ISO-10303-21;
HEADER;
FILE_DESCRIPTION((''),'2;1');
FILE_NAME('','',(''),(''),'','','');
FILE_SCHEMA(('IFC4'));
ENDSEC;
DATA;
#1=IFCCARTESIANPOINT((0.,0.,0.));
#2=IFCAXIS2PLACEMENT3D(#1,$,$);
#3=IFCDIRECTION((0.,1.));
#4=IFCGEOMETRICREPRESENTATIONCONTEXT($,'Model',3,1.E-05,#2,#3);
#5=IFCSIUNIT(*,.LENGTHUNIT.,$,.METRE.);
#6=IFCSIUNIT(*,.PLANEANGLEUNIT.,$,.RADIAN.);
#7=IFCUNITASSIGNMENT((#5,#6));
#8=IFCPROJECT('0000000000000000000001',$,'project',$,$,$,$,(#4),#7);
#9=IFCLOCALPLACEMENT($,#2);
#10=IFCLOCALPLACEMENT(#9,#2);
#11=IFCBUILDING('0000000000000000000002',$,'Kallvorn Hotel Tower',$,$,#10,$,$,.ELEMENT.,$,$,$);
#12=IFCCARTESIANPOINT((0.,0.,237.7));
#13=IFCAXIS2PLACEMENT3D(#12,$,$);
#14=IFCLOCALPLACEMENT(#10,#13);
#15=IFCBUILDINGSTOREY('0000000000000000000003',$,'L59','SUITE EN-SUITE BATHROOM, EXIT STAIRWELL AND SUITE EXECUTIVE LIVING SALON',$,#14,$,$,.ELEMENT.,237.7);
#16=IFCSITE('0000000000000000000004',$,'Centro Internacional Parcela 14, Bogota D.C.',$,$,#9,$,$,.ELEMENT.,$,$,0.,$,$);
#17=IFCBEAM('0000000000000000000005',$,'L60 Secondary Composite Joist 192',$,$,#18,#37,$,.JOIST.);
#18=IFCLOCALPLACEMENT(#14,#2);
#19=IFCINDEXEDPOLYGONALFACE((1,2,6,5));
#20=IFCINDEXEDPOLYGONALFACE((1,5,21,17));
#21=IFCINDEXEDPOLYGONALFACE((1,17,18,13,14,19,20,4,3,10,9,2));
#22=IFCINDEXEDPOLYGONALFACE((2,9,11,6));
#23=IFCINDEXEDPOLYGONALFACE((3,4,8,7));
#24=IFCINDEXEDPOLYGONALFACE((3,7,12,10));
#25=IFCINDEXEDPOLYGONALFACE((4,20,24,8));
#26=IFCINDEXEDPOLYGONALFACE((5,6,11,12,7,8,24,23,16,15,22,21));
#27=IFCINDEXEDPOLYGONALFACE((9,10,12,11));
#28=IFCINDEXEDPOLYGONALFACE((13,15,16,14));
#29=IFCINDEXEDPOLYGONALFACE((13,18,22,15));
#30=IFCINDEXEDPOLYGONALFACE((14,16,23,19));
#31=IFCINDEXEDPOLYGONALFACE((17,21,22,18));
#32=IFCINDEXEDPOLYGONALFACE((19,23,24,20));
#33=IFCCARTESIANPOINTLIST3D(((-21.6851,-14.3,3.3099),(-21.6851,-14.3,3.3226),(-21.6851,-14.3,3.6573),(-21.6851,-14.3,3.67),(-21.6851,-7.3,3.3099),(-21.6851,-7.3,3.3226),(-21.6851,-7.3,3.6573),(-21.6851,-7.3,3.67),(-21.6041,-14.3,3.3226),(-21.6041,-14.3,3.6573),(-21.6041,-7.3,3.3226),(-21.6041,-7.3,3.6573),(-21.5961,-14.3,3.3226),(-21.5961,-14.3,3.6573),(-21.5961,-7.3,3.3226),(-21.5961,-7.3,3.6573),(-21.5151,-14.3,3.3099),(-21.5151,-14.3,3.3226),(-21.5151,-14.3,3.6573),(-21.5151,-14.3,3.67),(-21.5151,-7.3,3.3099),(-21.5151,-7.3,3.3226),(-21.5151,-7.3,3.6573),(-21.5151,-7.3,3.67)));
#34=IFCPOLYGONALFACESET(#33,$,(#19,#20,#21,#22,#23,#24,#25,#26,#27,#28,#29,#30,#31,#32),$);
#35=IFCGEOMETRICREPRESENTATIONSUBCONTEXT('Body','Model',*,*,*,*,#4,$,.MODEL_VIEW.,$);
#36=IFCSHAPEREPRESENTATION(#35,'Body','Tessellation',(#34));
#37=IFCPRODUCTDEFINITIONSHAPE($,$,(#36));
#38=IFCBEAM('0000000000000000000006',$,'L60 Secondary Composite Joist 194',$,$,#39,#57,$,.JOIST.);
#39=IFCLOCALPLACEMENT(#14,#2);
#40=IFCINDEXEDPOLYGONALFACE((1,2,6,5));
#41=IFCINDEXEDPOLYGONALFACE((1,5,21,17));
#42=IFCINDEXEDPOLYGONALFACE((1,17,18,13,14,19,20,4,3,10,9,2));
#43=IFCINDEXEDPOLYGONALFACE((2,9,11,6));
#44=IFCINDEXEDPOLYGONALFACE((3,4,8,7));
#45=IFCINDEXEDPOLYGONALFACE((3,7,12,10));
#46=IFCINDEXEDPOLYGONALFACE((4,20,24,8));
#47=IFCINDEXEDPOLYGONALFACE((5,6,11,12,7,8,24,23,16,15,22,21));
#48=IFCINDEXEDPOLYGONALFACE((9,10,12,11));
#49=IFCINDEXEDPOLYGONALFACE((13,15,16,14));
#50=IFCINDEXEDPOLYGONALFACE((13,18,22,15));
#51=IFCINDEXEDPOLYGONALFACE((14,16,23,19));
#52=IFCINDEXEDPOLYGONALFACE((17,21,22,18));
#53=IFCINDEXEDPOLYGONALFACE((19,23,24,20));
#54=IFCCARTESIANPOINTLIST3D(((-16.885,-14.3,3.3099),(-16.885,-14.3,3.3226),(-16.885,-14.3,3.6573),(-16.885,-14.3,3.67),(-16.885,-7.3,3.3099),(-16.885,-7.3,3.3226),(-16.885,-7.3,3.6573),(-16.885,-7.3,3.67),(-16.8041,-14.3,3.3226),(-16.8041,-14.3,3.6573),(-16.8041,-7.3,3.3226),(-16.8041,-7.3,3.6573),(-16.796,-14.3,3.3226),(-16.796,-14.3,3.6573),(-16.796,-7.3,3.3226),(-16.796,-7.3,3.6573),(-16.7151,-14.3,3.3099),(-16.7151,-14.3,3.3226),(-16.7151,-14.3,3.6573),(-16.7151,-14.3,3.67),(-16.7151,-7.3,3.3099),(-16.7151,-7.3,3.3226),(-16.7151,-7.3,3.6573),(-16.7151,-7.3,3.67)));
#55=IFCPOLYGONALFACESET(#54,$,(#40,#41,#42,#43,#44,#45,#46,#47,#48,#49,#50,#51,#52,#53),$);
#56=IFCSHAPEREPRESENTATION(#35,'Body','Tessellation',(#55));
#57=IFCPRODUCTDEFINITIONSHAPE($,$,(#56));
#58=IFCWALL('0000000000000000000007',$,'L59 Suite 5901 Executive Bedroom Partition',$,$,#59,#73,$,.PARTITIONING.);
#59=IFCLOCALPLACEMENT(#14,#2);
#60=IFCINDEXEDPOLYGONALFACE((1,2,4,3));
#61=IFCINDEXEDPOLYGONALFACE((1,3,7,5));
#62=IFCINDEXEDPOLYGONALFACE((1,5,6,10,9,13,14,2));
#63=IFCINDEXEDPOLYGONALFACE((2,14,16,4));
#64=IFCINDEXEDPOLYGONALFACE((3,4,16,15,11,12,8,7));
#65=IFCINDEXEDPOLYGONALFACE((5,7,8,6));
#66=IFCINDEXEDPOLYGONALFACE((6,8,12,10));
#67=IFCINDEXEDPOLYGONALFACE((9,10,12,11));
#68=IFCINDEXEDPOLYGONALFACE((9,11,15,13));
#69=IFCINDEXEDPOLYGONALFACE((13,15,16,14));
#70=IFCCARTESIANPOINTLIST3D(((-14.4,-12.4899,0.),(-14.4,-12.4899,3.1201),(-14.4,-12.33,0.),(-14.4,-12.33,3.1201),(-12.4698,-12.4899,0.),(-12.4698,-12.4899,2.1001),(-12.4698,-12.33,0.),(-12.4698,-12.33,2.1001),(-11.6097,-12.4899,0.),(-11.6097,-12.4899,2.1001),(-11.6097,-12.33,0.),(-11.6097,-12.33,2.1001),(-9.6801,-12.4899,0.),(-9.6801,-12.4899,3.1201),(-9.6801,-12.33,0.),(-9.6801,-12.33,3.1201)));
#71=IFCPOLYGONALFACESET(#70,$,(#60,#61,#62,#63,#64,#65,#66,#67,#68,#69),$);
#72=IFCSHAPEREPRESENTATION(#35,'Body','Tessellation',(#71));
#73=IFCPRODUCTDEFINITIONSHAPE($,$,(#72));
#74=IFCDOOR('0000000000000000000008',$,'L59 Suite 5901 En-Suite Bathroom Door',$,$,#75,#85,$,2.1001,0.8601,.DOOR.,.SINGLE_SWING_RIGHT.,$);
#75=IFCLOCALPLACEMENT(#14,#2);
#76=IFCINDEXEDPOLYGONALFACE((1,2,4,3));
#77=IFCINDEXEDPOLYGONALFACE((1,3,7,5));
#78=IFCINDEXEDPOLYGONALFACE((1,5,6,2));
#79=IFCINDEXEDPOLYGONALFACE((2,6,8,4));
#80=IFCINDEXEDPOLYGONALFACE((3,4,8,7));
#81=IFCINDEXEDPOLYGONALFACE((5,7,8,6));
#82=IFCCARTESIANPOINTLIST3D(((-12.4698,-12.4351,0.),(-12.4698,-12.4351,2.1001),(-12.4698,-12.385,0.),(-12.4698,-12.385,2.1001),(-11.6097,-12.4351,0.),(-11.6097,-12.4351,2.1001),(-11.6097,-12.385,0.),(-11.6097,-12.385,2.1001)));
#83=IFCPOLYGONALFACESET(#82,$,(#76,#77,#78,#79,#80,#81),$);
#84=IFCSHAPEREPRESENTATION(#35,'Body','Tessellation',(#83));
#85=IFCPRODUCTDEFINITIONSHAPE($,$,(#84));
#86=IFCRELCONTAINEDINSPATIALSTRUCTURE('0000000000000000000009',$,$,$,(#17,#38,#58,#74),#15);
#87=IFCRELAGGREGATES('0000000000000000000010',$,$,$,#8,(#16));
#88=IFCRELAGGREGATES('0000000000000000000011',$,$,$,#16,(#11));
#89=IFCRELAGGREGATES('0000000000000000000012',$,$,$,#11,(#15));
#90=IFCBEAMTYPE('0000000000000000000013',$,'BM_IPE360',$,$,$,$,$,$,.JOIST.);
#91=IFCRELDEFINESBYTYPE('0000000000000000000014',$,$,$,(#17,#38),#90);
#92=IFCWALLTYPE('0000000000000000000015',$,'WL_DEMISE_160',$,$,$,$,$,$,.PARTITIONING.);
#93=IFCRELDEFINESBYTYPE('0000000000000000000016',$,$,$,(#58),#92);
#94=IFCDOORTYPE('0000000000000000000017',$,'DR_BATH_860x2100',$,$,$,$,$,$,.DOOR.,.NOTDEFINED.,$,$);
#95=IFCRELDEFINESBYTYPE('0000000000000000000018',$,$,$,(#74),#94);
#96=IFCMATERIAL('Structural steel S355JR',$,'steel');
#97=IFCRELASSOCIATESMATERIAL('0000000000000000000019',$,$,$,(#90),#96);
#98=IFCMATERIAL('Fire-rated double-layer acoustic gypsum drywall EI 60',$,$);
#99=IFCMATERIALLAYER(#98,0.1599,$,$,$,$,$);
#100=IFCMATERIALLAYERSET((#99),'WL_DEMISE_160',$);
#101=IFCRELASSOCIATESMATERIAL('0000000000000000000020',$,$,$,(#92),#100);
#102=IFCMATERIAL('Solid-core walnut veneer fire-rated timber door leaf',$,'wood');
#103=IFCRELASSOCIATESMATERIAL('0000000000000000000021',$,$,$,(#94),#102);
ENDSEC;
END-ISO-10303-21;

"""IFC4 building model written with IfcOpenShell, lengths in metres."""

from ifc_helpers import new_model, si_unit, direction, frame, frame_2d, origin, origin_2d, place, context, subcontext, project, spatial, rectangle, i_section, extrude, material, layer, layer_set, material_profile, profile_set, type_object, element, fill, save


model = new_model("IFC4")

# Units and contexts
model_context = context("Model", 3, precision=1e-05, world=origin(), true_north=direction((0.0, 1.0)))
body_context = subcontext(model_context, "Body", "Model", "MODEL_VIEW")
ifc_project = project(units=[si_unit("LENGTHUNIT", "METRE"), si_unit("PLANEANGLEUNIT", "RADIAN")], contexts=[model_context])

# Site, building, storey
site_placement = place(None, origin())
site = spatial("IfcSite", under=ifc_project, at=site_placement, Name="Centro Internacional Parcela 14, Bogota D.C.", CompositionType="ELEMENT", RefElevation=0.0)
building_placement = place(site_placement, origin())
building = spatial("IfcBuilding", under=site, at=building_placement, Name="Kallvorn Hotel Tower", CompositionType="ELEMENT")
storey_placement = place(building_placement, frame((0.0, 0.0, 237.7)))
storey = spatial("IfcBuildingStorey", under=building, at=storey_placement, Name="L59", Description="SUITE EN-SUITE BATHROOM, EXIT STAIRWELL AND SUITE EXECUTIVE LIVING SALON", CompositionType="ELEMENT", Elevation=237.7)

# Beams
ifc_material_1 = material(Name="Structural steel S355JR", Category="steel")
ifc_material_profile_1 = material_profile(ifc_material_1, i_section(OverallWidth=0.1699, OverallDepth=0.3601, WebThickness=0.0081, FlangeThickness=0.0127, at=origin_2d()), Name="IPE 360")
ifc_profile_set_1 = profile_set([ifc_material_profile_1], Name="Structural steel S355JR")
beam_type_1 = type_object("IfcBeamType", Name="BM_IPE360", PredefinedType="JOIST", material=ifc_profile_set_1)
for number, where, z_axis, x_axis, name in (
    (1, (-21.6001, -14.3, 3.49), (0.0, 1.0, 0.0), (-1.0, 0.0, 0.0), "L60 Secondary Composite Joist 192"),
    (2, (-16.8, -14.3, 3.49), (0.0, 1.0, 0.0), (-1.0, 0.0, 0.0), "L60 Secondary Composite Joist 194"),
):
    element("IfcBeam", number, at=place(storey_placement, frame(where, z_axis=z_axis, x_axis=x_axis)), inside=storey, type_object=beam_type_1, Name=name, PredefinedType="JOIST", context=body_context, shape_type="SweptSolid", body=[
        extrude(i_section(OverallWidth=0.1699, OverallDepth=0.3601, WebThickness=0.0081, FlangeThickness=0.0127, at=origin_2d()), origin(), (0.0, 0.0, 1.0), 7.0),
    ])

# Wall, opening, door
ifc_material_2 = material(Name="Fire-rated double-layer acoustic gypsum drywall EI 60")
ifc_layer = layer(ifc_material_2, 0.1599)
ifc_layer_set = layer_set([ifc_layer], Name="WL_DEMISE_160")
wall_type = type_object("IfcWallType", Name="WL_DEMISE_160", PredefinedType="PARTITIONING", material=ifc_layer_set)
wall_1_placement = place(storey_placement, frame((-14.3999, -12.4099, 0.0), z_axis=(0.0, 0.0, 1.0), x_axis=(1.0, 0.0, 0.0)))
wall_1 = element("IfcWall", 3, at=wall_1_placement, inside=storey, type_object=wall_type, Name="L59 Suite 5901 Executive Bedroom Partition", PredefinedType="PARTITIONING", context=body_context, shape_type="SweptSolid", body=[
    extrude(rectangle(XDim=4.72, YDim=0.1599, at=frame_2d((2.3599, 0.0))), origin(), (0.0, 0.0, 1.0), 3.1201),
])
opening_1_placement = place(wall_1_placement, frame((1.9299, 0.0, 0.0)))
opening_1 = element("IfcOpeningElement", 4, at=opening_1_placement, cuts=wall_1, PredefinedType="OPENING", context=body_context, shape_type="SweptSolid", body=[
    extrude(rectangle(XDim=0.8601, YDim=2.1001, at=frame_2d((0.4302, 1.05))), frame((0.0, 0.095, 0.0), z_axis=(0.0, -1.0, 0.0), x_axis=(1.0, 0.0, 0.0)), (0.0, 0.0, 1.0), 0.1899),
])
ifc_material_3 = material(Name="Solid-core walnut veneer fire-rated timber door leaf", Category="wood")
door_type_1 = type_object("IfcDoorType", Name="DR_BATH_860x2100", OperationType="NOTDEFINED", PredefinedType="DOOR", material=ifc_material_3)
door_1_placement = place(opening_1_placement, origin())
door_1 = element("IfcDoor", 5, at=door_1_placement, inside=storey, type_object=door_type_1, Name="L59 Suite 5901 En-Suite Bathroom Door", OperationType="SINGLE_SWING_RIGHT", OverallHeight=2.1001, OverallWidth=0.8601, PredefinedType="DOOR", context=body_context, shape_type="SweptSolid", body=[
    extrude(rectangle(XDim=0.8601, YDim=2.1001, at=frame_2d((0.4302, 1.05))), frame((0.0, 0.0249, 0.0), z_axis=(0.0, -1.0, 0.0), x_axis=(1.0, 0.0, 0.0)), (0.0, 0.0, 1.0), 0.05),
])
fill(opening_1, door_1)

save(model, "model.ifc")
